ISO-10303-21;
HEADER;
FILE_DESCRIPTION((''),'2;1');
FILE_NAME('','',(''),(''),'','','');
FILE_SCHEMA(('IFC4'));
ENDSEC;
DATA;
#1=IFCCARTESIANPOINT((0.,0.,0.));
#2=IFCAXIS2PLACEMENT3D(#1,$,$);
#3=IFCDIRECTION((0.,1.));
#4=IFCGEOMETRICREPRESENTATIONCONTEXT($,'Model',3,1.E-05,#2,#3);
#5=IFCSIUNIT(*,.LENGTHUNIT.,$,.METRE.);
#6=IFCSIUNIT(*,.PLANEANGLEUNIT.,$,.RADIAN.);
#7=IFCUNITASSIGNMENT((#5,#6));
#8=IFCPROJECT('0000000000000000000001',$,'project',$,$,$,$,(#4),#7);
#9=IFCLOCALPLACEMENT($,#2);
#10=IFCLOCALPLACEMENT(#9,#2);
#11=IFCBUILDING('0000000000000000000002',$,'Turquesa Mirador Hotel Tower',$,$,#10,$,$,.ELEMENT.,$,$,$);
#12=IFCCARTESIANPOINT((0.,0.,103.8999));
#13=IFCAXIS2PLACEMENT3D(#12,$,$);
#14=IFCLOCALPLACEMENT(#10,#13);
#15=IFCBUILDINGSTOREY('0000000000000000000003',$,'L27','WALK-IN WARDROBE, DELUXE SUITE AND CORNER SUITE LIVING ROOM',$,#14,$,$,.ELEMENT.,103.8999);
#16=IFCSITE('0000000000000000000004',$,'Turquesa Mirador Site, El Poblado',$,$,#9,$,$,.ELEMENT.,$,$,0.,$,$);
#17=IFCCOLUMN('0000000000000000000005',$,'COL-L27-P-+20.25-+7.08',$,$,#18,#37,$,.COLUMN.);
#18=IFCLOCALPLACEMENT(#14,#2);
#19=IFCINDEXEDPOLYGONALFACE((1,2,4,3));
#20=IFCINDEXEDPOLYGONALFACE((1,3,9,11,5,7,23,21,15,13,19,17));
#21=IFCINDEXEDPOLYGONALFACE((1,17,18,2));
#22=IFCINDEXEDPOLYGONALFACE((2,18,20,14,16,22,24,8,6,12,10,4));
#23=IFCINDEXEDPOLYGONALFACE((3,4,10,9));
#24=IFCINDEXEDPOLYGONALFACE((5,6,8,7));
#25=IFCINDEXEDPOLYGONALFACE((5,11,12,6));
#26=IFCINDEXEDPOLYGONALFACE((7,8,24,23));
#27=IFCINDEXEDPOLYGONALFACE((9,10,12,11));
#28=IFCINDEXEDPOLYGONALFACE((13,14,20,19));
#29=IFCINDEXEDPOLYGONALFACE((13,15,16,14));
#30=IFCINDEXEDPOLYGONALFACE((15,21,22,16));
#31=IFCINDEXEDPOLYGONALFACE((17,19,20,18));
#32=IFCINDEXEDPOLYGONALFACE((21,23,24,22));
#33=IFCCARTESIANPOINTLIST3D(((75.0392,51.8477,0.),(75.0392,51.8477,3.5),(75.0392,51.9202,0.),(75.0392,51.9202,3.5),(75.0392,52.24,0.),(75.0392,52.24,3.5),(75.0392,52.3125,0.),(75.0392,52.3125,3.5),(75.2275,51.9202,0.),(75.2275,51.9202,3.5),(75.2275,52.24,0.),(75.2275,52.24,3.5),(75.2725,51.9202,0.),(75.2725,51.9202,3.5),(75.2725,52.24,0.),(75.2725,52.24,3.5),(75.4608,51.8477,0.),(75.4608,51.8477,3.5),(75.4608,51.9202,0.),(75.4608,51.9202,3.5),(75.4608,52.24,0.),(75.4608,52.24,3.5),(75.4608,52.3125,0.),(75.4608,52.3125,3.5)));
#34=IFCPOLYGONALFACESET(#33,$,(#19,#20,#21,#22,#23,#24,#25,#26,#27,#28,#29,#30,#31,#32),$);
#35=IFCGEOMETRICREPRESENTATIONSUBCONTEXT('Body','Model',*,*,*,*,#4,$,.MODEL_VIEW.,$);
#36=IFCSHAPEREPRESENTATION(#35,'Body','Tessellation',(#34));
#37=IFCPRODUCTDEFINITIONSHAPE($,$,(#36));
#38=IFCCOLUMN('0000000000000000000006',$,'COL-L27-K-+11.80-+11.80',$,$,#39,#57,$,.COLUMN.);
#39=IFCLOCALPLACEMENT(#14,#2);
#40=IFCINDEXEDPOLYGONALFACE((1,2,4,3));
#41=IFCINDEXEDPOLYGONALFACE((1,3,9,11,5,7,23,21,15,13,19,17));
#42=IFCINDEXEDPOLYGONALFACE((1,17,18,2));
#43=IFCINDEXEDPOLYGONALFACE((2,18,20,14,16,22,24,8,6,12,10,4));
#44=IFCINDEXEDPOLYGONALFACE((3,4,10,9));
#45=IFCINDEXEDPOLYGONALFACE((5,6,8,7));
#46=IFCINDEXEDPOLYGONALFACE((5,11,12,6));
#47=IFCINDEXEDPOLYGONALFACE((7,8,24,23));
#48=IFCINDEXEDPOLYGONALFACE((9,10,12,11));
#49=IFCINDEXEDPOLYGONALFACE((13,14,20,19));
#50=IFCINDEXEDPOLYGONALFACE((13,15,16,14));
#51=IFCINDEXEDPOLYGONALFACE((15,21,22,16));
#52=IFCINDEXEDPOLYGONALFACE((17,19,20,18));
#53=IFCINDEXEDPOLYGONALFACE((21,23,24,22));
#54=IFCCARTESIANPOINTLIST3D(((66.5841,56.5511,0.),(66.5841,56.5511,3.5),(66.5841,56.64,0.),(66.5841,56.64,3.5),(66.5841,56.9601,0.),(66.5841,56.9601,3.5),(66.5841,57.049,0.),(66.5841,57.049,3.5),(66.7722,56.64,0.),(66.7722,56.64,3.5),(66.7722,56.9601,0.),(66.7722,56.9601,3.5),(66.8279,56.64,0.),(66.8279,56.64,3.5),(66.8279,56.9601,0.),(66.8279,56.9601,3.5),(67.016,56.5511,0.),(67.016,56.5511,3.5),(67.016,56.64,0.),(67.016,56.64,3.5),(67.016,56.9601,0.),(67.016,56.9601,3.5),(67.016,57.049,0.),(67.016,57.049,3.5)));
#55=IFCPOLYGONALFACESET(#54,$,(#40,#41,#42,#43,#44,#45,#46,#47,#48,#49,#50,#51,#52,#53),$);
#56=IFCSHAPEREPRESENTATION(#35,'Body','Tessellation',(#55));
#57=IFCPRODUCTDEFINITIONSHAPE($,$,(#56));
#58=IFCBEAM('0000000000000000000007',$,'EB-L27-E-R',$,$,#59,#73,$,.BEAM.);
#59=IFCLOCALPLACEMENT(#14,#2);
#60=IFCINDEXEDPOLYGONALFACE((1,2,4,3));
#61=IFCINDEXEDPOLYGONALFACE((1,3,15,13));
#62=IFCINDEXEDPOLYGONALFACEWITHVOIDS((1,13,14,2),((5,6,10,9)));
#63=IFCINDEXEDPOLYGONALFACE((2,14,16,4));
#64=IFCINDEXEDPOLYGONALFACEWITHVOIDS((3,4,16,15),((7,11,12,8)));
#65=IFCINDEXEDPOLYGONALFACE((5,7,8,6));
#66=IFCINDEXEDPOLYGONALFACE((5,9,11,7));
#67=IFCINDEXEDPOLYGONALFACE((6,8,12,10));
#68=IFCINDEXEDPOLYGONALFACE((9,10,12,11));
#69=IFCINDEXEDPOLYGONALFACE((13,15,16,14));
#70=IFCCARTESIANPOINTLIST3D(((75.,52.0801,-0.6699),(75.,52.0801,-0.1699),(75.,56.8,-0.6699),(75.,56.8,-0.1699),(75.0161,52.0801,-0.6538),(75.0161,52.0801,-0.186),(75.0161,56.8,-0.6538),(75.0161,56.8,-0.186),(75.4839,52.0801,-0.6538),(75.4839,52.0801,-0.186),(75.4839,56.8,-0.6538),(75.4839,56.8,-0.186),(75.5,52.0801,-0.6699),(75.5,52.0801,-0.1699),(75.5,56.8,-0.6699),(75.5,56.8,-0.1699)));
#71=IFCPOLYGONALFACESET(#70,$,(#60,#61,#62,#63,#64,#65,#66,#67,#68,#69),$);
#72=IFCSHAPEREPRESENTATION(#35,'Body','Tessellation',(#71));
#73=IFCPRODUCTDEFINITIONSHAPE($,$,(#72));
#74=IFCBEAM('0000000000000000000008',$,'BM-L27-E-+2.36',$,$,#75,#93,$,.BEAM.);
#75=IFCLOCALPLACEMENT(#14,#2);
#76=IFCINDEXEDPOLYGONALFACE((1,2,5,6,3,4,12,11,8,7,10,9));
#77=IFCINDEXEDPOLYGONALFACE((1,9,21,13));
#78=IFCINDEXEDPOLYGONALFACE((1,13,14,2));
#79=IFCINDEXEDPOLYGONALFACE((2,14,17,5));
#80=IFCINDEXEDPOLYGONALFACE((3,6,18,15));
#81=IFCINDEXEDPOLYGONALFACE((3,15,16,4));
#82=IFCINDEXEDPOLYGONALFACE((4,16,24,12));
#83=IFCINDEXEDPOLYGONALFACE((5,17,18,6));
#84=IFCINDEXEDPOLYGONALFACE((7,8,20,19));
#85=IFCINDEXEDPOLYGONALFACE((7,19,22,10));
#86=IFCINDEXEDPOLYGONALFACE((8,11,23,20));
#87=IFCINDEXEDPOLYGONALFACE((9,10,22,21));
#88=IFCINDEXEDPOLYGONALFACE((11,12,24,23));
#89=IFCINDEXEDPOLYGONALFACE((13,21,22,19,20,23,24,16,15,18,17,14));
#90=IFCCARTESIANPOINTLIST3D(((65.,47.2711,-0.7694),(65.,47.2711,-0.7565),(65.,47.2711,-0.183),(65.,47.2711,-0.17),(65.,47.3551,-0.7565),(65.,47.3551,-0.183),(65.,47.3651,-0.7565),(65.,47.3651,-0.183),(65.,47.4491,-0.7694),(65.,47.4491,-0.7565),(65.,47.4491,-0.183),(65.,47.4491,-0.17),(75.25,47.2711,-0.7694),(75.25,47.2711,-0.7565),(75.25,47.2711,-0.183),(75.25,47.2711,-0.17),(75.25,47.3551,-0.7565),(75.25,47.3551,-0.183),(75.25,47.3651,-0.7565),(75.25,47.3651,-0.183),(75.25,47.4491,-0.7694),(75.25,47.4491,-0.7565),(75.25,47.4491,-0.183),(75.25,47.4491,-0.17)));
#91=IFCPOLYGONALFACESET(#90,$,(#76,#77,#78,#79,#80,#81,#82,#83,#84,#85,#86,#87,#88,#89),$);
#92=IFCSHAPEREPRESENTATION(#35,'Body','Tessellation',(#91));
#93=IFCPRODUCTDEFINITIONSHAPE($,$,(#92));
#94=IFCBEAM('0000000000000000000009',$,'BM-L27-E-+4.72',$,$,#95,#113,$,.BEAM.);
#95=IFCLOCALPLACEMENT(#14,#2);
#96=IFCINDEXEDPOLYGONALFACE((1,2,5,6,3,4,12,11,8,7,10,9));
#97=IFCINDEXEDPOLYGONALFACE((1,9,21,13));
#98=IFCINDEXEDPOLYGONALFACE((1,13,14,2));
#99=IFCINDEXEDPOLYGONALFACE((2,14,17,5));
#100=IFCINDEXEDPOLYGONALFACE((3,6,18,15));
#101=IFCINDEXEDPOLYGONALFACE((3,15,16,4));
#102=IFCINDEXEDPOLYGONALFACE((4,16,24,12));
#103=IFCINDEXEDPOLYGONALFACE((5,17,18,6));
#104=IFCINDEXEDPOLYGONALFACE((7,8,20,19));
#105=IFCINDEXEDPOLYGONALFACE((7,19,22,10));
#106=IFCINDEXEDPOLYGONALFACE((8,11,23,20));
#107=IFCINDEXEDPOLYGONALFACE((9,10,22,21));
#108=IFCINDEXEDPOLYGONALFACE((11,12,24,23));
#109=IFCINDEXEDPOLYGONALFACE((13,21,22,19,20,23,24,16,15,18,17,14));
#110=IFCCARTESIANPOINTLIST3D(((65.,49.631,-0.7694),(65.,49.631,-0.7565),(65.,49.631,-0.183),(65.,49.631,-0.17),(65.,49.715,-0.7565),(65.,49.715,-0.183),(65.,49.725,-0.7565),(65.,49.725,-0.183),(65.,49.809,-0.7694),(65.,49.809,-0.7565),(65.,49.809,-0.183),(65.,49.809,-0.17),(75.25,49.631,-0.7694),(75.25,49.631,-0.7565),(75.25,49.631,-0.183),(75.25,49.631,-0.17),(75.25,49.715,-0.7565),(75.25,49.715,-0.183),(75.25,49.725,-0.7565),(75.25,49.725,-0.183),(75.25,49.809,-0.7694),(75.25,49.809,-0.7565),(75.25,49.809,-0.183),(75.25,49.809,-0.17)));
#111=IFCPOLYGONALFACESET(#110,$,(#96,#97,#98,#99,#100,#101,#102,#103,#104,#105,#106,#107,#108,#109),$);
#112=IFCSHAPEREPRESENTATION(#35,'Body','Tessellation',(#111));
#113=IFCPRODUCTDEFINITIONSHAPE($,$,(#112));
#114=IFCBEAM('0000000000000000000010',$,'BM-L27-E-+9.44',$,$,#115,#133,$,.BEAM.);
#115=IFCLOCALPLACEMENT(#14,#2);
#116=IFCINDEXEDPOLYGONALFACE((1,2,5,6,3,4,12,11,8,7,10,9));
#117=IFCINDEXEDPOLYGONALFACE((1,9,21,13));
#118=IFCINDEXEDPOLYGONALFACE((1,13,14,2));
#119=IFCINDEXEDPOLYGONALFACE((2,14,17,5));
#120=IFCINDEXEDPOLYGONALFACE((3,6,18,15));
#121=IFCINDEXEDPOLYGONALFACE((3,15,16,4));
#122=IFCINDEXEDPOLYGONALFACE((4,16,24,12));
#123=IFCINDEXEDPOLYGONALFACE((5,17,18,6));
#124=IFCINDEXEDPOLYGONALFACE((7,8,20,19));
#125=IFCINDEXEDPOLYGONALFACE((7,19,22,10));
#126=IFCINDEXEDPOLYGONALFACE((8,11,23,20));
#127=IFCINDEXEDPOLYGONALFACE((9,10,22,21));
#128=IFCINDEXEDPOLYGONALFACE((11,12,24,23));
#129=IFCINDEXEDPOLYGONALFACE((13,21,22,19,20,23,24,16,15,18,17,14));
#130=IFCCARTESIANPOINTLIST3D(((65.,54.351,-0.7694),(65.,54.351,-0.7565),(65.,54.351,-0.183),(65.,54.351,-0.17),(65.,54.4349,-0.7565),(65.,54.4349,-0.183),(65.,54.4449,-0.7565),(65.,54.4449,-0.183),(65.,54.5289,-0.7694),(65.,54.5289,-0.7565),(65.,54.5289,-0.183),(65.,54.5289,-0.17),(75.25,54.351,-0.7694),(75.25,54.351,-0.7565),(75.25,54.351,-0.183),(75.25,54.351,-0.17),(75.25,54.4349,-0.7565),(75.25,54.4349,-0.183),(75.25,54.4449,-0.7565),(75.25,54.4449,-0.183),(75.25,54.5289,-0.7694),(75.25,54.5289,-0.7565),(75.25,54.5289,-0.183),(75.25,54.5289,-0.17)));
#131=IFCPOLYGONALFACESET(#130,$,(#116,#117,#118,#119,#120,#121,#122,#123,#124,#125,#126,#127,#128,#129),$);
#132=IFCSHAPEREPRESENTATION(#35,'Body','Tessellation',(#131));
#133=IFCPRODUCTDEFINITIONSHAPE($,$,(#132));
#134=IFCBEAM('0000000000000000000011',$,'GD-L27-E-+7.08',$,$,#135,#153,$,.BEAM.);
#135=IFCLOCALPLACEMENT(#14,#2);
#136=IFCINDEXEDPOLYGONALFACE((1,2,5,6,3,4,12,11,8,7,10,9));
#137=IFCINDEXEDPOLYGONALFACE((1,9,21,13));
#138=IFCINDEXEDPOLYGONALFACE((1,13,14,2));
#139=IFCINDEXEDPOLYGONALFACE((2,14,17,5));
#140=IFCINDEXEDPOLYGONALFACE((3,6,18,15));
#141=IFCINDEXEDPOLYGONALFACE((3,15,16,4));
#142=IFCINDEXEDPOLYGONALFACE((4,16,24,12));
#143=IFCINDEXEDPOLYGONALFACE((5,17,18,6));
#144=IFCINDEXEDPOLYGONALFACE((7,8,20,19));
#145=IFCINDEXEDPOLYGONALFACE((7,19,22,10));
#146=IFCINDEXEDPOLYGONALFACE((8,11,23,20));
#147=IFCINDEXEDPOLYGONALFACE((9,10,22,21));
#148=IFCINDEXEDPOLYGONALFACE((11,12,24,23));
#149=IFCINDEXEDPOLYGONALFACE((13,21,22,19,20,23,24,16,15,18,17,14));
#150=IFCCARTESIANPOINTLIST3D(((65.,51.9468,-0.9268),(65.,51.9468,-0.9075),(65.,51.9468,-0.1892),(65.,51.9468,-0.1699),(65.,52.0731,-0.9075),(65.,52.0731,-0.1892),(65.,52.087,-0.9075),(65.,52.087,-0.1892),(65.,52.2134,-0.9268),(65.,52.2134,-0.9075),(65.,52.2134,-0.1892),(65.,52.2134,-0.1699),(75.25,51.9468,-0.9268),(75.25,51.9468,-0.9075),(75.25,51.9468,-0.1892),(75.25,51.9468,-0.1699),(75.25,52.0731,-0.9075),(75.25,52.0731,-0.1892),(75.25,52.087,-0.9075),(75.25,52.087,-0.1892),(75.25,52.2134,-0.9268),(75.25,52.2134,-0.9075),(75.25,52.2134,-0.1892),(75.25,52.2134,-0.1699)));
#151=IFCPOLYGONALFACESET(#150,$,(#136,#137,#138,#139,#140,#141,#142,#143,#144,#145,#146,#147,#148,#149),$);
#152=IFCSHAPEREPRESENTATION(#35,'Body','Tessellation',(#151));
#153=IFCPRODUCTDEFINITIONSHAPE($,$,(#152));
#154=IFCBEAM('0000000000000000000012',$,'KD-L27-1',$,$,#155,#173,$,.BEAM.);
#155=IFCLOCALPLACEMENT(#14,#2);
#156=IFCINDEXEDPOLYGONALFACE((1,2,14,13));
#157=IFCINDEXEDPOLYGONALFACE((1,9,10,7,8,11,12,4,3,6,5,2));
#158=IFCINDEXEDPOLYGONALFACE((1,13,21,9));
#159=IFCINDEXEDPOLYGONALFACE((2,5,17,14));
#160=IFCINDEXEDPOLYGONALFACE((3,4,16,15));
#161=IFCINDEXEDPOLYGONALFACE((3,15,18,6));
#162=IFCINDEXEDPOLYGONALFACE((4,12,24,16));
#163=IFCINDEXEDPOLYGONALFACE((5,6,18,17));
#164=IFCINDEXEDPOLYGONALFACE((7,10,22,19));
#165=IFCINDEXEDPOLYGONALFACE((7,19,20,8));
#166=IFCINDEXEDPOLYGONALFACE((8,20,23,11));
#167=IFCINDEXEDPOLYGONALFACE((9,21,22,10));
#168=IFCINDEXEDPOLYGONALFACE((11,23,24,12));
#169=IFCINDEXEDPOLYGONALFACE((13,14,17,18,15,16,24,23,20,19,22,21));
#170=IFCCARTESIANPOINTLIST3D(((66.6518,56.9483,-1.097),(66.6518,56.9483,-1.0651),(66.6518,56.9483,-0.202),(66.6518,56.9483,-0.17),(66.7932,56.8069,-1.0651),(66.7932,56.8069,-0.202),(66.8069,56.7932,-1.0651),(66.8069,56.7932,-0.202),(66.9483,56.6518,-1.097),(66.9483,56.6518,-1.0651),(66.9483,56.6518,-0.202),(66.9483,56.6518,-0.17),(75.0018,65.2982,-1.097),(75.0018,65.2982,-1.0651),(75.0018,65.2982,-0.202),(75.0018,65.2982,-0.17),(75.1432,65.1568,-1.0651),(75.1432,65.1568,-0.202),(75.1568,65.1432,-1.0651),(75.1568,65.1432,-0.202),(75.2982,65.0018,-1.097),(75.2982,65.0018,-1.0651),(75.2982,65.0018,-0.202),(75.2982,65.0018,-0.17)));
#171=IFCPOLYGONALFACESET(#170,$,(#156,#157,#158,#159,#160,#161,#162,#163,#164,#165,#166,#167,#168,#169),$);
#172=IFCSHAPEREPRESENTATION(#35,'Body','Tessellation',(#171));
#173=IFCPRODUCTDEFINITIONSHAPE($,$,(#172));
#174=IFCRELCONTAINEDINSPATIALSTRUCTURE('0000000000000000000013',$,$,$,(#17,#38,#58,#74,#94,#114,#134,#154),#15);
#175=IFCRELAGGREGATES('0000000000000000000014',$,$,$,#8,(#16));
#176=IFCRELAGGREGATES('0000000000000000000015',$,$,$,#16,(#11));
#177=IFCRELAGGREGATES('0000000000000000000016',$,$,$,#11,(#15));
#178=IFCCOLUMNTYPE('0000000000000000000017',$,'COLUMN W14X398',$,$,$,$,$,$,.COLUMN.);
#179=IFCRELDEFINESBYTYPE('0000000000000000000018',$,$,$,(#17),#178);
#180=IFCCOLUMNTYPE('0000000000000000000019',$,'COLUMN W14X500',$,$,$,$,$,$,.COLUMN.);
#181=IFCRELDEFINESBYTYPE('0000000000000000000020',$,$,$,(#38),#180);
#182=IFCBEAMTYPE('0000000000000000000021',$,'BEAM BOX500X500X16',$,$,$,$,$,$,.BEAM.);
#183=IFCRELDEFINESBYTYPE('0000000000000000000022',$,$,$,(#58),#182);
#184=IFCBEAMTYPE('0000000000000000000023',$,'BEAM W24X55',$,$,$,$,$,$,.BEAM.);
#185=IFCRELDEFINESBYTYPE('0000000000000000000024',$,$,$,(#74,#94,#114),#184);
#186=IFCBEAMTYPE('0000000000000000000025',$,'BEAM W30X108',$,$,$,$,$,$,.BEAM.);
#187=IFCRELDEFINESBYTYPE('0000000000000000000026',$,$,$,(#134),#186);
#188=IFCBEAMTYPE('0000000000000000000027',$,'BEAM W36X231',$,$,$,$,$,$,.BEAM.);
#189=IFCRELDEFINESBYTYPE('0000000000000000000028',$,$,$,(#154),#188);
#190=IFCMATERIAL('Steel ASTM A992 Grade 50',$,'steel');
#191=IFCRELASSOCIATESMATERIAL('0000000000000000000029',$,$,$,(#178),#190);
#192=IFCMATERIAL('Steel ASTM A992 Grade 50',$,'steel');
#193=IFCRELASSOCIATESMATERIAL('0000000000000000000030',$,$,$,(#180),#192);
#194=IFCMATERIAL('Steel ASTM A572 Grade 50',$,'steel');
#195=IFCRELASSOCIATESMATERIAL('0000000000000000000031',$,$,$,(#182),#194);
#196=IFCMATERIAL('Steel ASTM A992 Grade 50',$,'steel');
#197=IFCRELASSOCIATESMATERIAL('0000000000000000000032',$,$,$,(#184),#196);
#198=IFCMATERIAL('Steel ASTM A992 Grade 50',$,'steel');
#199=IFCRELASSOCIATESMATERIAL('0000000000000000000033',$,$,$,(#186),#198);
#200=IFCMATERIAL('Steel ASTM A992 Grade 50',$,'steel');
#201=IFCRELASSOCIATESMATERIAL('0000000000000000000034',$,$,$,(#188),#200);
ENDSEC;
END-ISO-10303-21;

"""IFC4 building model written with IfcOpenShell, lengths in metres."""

from ifc_helpers import new_model, si_unit, direction, frame, origin, origin_2d, place, context, subcontext, project, spatial, hollow_rectangle, i_section, extrude, material, material_profile, profile_set, type_object, element, save


model = new_model("IFC4")

# Units and contexts
model_context = context("Model", 3, precision=1e-05, world=origin(), true_north=direction((0.0, 1.0)))
body_context = subcontext(model_context, "Body", "Model", "MODEL_VIEW")
ifc_project = project(units=[si_unit("LENGTHUNIT", "METRE"), si_unit("PLANEANGLEUNIT", "RADIAN")], contexts=[model_context])

# Site, building, storey
site_placement = place(None, origin())
site = spatial("IfcSite", under=ifc_project, at=site_placement, Name="Turquesa Mirador Site, El Poblado", CompositionType="ELEMENT", RefElevation=0.0)
building_placement = place(site_placement, origin())
building = spatial("IfcBuilding", under=site, at=building_placement, Name="Turquesa Mirador Hotel Tower", CompositionType="ELEMENT")
storey_placement = place(building_placement, frame((0.0, 0.0, 103.8999)))
storey = spatial("IfcBuildingStorey", under=building, at=storey_placement, Name="L27", Description="WALK-IN WARDROBE, DELUXE SUITE AND CORNER SUITE LIVING ROOM", CompositionType="ELEMENT", Elevation=103.8999)

# Columns
ifc_material_1 = material(Name="Steel ASTM A992 Grade 50", Category="steel")
ifc_material_profile_1 = material_profile(ifc_material_1, i_section(OverallWidth=0.4216, OverallDepth=0.4648, WebThickness=0.0449, FlangeThickness=0.0725, at=origin_2d()), Name="W14X398")
ifc_profile_set_1 = profile_set([ifc_material_profile_1], Name="Steel ASTM A992 Grade 50")
column_type_1 = type_object("IfcColumnType", Name="COLUMN W14X398", PredefinedType="COLUMN", material=ifc_profile_set_1)
column_1_placement = place(storey_placement, frame((75.25, 52.0801, 0.0), z_axis=(0.0, 0.0, 1.0), x_axis=(1.0, 0.0, 0.0)))
element("IfcColumn", 1, at=column_1_placement, inside=storey, type_object=column_type_1, Name="COL-L27-P-+20.25-+7.08", PredefinedType="COLUMN", context=body_context, shape_type="SweptSolid", body=[
    extrude(i_section(OverallWidth=0.4216, OverallDepth=0.4648, WebThickness=0.0449, FlangeThickness=0.0725, at=origin_2d()), origin(), (0.0, 0.0, 1.0), 3.5),
])
ifc_material_2 = material(Name="Steel ASTM A992 Grade 50", Category="steel")
ifc_material_profile_2 = material_profile(ifc_material_2, i_section(OverallWidth=0.4319, OverallDepth=0.4978, WebThickness=0.0557, FlangeThickness=0.0889, at=origin_2d()), Name="W14X500")
ifc_profile_set_2 = profile_set([ifc_material_profile_2], Name="Steel ASTM A992 Grade 50")
column_type_2 = type_object("IfcColumnType", Name="COLUMN W14X500", PredefinedType="COLUMN", material=ifc_profile_set_2)
column_2_placement = place(storey_placement, frame((66.8, 56.8, 0.0), z_axis=(0.0, 0.0, 1.0), x_axis=(1.0, 0.0, 0.0)))
element("IfcColumn", 2, at=column_2_placement, inside=storey, type_object=column_type_2, Name="COL-L27-K-+11.80-+11.80", PredefinedType="COLUMN", context=body_context, shape_type="SweptSolid", body=[
    extrude(i_section(OverallWidth=0.4319, OverallDepth=0.4978, WebThickness=0.0557, FlangeThickness=0.0889, at=origin_2d()), origin(), (0.0, 0.0, 1.0), 3.5),
])

# Beams
ifc_material_3 = material(Name="Steel ASTM A572 Grade 50", Category="steel")
ifc_material_profile_3 = material_profile(ifc_material_3, hollow_rectangle(XDim=0.5, YDim=0.5, WallThickness=0.0161, at=origin_2d()), Name="BOX500X500X16")
ifc_profile_set_3 = profile_set([ifc_material_profile_3], Name="Steel ASTM A572 Grade 50")
beam_type_1 = type_object("IfcBeamType", Name="BEAM BOX500X500X16", PredefinedType="BEAM", material=ifc_profile_set_3)
beam_1_placement = place(storey_placement, frame((75.25, 52.0801, -0.4199), z_axis=(0.0, 1.0, 0.0), x_axis=(-1.0, 0.0, 0.0)))
element("IfcBeam", 3, at=beam_1_placement, inside=storey, type_object=beam_type_1, Name="EB-L27-E-R", PredefinedType="BEAM", context=body_context, shape_type="SweptSolid", body=[
    extrude(hollow_rectangle(XDim=0.5, YDim=0.5, WallThickness=0.0161, at=origin_2d()), origin(), (0.0, 0.0, 1.0), 4.72),
])
ifc_material_4 = material(Name="Steel ASTM A992 Grade 50", Category="steel")
ifc_material_profile_4 = material_profile(ifc_material_4, i_section(OverallWidth=0.178, OverallDepth=0.5994, WebThickness=0.01, FlangeThickness=0.0129, at=origin_2d()), Name="W24X55")
ifc_profile_set_4 = profile_set([ifc_material_profile_4], Name="Steel ASTM A992 Grade 50")
beam_type_2 = type_object("IfcBeamType", Name="BEAM W24X55", PredefinedType="BEAM", material=ifc_profile_set_4)
for number, where, z_axis, x_axis, name in (
    (4, (75.25, 47.3601, -0.4697), (-1.0, 0.0, 0.0), (0.0, -1.0, 0.0), "BM-L27-E-+2.36"),
    (5, (75.25, 49.72, -0.4697), (-1.0, 0.0, 0.0), (0.0, -1.0, 0.0), "BM-L27-E-+4.72"),
    (6, (75.25, 54.4399, -0.4697), (-1.0, 0.0, 0.0), (0.0, -1.0, 0.0), "BM-L27-E-+9.44"),
):
    element("IfcBeam", number, at=place(storey_placement, frame(where, z_axis=z_axis, x_axis=x_axis)), inside=storey, type_object=beam_type_2, Name=name, PredefinedType="BEAM", context=body_context, shape_type="SweptSolid", body=[
        extrude(i_section(OverallWidth=0.178, OverallDepth=0.5994, WebThickness=0.01, FlangeThickness=0.0129, at=origin_2d()), origin(), (0.0, 0.0, 1.0), 10.25),
    ])
ifc_material_5 = material(Name="Steel ASTM A992 Grade 50", Category="steel")
ifc_material_profile_5 = material_profile(ifc_material_5, i_section(OverallWidth=0.2666, OverallDepth=0.7568, WebThickness=0.0139, FlangeThickness=0.0193, at=origin_2d()), Name="W30X108")
ifc_profile_set_5 = profile_set([ifc_material_profile_5], Name="Steel ASTM A992 Grade 50")
beam_type_3 = type_object("IfcBeamType", Name="BEAM W30X108", PredefinedType="BEAM", material=ifc_profile_set_5)
beam_2_placement = place(storey_placement, frame((75.25, 52.0801, -0.5483), z_axis=(-1.0, 0.0, 0.0), x_axis=(0.0, -1.0, 0.0)))
element("IfcBeam", 7, at=beam_2_placement, inside=storey, type_object=beam_type_3, Name="GD-L27-E-+7.08", PredefinedType="BEAM", context=body_context, shape_type="SweptSolid", body=[
    extrude(i_section(OverallWidth=0.2666, OverallDepth=0.7568, WebThickness=0.0139, FlangeThickness=0.0193, at=origin_2d()), origin(), (0.0, 0.0, 1.0), 10.25),
])
ifc_material_6 = material(Name="Steel ASTM A992 Grade 50", Category="steel")
ifc_material_profile_6 = material_profile(ifc_material_6, i_section(OverallWidth=0.4192, OverallDepth=0.927, WebThickness=0.0193, FlangeThickness=0.032, at=origin_2d()), Name="W36X231")
ifc_profile_set_6 = profile_set([ifc_material_profile_6], Name="Steel ASTM A992 Grade 50")
beam_type_4 = type_object("IfcBeamType", Name="BEAM W36X231", PredefinedType="BEAM", material=ifc_profile_set_6)
beam_3_placement = place(storey_placement, frame((66.8, 56.8, -0.6335), z_axis=(0.707107, 0.707107, 0.0), x_axis=(-0.707107, 0.707107, 0.0)))
element("IfcBeam", 8, at=beam_3_placement, inside=storey, type_object=beam_type_4, Name="KD-L27-1", PredefinedType="BEAM", context=body_context, shape_type="SweptSolid", body=[
    extrude(i_section(OverallWidth=0.4192, OverallDepth=0.927, WebThickness=0.0193, FlangeThickness=0.032, at=origin_2d()), origin(), (0.0, 0.0, 1.0), 11.8086),
])

save(model, "model.ifc")
